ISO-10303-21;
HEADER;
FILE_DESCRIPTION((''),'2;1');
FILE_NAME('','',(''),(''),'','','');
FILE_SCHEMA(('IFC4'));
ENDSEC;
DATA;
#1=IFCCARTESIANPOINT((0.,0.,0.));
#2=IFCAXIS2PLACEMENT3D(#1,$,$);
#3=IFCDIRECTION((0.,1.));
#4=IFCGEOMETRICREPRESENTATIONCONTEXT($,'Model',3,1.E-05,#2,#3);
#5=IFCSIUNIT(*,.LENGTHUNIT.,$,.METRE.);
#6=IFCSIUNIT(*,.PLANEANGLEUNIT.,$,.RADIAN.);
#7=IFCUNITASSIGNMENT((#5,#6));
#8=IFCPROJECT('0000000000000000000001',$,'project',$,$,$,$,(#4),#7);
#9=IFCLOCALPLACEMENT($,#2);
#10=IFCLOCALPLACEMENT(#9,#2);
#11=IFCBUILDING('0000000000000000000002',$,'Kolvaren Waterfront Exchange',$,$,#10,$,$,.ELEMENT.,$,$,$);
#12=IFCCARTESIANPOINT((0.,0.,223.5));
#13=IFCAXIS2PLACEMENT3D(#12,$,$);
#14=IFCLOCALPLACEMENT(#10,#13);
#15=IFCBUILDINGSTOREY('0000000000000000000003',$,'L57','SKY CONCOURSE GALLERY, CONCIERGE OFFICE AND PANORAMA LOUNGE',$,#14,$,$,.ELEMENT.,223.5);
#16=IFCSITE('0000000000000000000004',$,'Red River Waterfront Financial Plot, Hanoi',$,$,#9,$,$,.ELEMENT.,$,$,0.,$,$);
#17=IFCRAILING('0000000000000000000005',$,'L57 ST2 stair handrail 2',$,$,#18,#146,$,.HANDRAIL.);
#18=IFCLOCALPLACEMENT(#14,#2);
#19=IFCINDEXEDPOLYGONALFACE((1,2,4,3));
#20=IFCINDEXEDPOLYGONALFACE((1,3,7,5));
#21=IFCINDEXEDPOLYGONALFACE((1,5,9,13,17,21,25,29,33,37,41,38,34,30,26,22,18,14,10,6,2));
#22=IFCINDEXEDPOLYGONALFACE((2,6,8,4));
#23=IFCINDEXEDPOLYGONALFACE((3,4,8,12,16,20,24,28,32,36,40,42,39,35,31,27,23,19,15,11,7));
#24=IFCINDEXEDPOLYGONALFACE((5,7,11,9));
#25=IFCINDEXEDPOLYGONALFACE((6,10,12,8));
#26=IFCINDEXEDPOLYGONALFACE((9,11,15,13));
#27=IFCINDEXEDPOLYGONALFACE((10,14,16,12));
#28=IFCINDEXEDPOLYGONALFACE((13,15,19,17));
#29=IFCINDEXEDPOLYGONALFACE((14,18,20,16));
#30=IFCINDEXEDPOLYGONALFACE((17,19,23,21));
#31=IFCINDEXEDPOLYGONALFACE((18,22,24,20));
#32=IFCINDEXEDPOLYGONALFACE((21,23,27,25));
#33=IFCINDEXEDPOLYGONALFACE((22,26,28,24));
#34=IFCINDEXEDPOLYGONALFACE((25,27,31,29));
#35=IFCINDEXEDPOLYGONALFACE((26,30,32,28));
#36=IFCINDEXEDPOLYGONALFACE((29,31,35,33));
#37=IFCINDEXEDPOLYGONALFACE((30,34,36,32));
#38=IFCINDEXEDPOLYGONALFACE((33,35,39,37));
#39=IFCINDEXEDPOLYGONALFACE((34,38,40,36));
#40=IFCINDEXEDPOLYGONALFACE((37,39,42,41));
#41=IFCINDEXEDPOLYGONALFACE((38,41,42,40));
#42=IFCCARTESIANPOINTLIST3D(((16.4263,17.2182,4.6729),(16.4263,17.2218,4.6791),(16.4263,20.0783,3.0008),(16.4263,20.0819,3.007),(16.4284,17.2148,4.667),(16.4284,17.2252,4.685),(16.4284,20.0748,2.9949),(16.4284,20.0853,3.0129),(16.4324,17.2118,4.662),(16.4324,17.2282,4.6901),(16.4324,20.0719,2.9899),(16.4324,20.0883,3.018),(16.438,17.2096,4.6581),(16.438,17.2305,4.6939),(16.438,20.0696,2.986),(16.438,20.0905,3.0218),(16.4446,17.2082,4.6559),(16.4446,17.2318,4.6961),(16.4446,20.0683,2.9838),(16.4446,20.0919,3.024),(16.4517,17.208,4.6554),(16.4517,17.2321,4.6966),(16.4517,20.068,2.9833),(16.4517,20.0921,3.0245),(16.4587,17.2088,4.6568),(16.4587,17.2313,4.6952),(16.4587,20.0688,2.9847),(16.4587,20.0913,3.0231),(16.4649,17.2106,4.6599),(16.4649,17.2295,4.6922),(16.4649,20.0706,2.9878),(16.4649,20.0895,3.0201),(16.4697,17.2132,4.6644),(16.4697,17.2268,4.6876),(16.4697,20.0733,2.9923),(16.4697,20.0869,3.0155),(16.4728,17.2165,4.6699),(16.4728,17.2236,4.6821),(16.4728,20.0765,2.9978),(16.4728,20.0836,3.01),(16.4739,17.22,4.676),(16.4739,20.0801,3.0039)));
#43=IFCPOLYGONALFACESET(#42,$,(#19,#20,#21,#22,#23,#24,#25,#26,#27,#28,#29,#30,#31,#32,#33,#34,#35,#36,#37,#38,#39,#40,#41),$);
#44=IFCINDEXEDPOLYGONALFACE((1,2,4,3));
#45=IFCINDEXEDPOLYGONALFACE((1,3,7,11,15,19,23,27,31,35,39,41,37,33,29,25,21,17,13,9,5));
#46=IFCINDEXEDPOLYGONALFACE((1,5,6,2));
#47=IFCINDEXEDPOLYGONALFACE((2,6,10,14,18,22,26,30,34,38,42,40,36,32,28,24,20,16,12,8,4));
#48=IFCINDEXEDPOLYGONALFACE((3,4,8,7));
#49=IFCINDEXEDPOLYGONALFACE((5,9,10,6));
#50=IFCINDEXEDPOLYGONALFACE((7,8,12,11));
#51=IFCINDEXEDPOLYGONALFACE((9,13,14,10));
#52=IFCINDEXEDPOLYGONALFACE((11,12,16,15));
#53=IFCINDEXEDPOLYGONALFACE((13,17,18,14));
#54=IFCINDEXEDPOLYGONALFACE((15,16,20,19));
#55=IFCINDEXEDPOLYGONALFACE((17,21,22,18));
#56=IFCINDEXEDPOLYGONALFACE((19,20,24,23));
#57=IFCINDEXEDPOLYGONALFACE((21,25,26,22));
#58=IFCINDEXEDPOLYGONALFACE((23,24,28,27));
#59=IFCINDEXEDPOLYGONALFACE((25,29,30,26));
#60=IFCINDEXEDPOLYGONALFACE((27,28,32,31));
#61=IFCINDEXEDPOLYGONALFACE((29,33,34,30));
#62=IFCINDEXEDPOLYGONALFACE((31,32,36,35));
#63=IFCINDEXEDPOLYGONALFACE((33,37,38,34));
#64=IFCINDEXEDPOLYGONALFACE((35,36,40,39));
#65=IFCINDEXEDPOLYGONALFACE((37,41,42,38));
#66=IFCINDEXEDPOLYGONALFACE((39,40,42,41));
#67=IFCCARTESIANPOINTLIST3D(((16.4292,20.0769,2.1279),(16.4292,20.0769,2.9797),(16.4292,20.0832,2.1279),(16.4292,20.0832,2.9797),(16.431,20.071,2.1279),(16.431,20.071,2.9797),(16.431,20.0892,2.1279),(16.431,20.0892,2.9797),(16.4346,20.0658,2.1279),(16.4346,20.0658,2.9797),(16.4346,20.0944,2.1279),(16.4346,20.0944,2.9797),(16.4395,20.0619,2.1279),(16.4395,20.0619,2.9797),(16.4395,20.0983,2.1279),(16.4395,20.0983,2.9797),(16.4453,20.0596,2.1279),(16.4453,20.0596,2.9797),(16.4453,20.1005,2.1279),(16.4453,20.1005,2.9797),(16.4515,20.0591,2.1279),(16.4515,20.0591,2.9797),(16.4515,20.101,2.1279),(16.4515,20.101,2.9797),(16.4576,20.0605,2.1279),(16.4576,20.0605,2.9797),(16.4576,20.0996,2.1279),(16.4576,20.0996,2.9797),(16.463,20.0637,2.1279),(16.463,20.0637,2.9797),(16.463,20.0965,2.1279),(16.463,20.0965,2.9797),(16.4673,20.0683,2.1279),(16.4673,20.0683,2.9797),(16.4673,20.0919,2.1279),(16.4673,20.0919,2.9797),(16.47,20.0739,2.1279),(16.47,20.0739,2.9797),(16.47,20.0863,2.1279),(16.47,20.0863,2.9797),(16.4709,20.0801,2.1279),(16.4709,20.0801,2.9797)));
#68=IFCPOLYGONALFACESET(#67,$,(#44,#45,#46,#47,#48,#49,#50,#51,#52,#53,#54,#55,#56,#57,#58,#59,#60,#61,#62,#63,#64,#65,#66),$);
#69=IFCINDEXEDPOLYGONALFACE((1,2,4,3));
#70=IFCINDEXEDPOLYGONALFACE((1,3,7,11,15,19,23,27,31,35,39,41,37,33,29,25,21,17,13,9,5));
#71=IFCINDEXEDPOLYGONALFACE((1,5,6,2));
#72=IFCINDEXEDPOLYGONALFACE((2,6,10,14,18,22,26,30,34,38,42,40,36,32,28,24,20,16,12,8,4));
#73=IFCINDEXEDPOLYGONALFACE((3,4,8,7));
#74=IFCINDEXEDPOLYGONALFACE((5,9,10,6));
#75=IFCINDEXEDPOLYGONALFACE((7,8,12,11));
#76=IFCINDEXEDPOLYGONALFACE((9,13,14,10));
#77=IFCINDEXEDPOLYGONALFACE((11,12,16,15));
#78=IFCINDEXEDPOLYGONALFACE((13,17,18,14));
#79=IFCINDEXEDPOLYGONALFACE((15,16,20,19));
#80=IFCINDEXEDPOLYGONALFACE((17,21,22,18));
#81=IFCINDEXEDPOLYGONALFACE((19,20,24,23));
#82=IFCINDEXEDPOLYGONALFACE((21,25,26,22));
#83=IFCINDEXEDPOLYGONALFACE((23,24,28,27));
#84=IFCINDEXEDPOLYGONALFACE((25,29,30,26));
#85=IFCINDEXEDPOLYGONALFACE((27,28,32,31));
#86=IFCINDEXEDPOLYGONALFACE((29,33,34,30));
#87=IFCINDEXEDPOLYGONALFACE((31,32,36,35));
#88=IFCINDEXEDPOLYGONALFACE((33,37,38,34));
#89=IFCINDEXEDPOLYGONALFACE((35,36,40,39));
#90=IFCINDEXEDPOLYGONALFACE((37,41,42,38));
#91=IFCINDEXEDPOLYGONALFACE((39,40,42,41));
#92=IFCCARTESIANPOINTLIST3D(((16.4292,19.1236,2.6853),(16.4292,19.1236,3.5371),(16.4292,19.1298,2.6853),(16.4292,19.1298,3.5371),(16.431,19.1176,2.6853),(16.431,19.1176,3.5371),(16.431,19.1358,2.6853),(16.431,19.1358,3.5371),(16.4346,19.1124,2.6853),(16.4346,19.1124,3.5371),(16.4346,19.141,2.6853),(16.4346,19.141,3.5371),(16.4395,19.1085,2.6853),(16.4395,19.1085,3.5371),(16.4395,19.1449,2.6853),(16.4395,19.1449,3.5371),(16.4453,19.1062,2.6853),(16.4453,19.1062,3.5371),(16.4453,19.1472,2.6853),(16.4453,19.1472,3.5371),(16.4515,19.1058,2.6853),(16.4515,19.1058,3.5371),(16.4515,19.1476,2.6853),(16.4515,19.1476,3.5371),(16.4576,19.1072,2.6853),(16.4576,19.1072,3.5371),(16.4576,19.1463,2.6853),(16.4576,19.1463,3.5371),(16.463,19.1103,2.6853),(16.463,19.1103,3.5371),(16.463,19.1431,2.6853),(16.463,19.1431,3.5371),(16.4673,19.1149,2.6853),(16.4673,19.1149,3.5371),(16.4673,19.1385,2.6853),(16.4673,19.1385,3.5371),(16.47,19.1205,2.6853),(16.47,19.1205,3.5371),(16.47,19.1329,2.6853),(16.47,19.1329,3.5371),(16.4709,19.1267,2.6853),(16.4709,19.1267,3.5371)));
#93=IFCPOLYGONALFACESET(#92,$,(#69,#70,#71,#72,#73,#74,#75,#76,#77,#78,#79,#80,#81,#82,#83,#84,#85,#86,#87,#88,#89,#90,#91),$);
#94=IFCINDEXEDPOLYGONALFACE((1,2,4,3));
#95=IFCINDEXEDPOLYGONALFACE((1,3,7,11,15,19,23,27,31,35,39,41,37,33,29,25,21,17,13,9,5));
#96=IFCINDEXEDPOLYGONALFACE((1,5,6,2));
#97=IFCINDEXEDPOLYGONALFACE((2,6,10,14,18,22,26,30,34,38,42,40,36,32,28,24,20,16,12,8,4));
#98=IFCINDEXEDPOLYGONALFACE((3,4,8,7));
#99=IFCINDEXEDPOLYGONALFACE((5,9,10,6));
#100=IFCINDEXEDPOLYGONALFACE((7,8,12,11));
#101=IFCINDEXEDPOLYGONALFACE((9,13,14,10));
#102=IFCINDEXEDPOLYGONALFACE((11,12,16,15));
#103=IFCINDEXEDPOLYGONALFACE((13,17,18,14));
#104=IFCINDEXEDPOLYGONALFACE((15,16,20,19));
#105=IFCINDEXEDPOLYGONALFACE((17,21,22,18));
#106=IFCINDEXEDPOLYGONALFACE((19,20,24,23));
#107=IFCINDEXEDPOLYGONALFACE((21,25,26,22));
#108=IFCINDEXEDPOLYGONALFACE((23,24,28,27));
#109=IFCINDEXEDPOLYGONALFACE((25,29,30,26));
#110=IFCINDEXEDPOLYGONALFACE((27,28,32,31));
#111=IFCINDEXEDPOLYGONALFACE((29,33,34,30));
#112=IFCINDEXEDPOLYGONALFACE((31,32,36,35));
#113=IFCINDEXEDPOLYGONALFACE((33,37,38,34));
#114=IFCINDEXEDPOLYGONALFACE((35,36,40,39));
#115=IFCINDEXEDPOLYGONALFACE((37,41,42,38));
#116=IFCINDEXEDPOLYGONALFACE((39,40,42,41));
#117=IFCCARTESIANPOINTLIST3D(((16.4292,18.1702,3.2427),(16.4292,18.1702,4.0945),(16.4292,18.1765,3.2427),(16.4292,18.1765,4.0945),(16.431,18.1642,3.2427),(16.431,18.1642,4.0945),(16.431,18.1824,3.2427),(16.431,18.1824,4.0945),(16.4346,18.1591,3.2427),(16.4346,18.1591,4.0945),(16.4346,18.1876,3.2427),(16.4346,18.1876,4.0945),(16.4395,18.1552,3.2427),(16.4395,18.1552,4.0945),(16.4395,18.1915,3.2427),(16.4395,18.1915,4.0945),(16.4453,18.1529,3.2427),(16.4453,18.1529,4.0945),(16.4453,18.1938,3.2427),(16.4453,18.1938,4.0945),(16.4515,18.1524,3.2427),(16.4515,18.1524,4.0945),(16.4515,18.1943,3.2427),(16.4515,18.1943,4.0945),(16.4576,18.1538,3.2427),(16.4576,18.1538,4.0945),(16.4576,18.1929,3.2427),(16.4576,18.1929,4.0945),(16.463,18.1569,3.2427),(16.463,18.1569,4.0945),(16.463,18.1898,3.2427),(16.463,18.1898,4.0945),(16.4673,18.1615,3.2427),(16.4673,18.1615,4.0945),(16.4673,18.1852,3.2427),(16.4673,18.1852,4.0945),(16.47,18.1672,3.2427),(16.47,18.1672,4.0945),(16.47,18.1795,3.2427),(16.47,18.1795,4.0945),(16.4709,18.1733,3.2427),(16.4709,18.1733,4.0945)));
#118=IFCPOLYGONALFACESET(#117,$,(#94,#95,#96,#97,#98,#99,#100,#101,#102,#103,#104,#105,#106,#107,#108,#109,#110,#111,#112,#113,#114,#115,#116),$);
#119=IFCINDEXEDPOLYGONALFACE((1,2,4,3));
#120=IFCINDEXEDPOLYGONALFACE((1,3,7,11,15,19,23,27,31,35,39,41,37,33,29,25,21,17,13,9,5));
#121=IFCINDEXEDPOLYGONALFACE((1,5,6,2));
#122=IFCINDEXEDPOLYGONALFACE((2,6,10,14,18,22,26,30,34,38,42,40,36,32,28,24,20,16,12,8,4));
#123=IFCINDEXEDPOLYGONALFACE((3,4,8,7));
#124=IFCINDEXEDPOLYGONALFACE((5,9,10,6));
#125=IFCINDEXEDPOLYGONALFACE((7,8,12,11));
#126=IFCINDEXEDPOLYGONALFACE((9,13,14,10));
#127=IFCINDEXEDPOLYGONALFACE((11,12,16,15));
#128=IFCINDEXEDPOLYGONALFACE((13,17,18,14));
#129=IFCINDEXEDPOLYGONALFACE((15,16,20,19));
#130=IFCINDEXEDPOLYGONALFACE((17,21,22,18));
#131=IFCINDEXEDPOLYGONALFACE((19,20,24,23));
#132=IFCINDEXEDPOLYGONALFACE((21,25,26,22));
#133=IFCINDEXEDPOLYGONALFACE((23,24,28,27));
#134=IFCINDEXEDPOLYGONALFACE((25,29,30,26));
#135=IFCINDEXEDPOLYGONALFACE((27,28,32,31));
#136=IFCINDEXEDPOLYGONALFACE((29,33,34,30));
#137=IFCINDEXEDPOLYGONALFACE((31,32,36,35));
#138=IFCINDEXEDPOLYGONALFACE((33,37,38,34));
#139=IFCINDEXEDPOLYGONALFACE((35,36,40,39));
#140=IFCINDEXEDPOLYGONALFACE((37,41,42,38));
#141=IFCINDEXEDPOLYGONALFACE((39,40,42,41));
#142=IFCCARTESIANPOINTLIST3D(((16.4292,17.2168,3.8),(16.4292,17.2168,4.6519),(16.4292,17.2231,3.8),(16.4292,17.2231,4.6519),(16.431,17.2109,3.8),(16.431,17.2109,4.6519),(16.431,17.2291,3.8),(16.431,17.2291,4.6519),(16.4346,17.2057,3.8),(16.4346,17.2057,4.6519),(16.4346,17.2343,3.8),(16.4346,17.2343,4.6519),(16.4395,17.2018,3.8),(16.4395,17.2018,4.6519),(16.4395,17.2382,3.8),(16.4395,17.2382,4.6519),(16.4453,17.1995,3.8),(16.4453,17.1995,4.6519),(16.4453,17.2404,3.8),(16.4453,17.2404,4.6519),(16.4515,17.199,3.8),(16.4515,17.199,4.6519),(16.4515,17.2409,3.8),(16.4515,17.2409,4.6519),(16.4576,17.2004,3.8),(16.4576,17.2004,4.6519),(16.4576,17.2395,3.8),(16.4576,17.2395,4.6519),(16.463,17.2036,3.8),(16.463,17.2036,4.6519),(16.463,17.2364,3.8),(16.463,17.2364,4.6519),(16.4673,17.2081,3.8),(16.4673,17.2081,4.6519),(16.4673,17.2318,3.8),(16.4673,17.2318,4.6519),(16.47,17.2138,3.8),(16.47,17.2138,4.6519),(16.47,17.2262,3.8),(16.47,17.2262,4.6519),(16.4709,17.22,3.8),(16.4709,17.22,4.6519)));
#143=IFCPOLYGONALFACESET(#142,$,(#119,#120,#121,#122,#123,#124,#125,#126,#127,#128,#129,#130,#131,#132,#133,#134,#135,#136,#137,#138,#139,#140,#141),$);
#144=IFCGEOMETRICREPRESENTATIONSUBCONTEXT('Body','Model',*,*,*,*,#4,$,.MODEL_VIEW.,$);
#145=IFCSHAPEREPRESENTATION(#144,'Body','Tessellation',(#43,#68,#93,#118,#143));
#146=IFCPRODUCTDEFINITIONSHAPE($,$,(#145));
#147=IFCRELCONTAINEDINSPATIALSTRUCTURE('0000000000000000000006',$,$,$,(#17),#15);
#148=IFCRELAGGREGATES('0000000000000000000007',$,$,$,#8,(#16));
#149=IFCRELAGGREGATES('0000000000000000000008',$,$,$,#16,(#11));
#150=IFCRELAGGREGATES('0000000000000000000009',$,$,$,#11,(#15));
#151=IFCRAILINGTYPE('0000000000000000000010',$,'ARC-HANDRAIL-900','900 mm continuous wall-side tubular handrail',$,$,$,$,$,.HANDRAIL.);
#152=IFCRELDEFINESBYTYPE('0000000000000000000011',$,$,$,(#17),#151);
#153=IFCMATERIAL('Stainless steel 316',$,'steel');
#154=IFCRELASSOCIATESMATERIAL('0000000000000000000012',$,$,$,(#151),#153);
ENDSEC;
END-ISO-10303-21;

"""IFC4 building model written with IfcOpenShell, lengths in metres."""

from ifc_helpers import new_model, si_unit, direction, frame, origin, origin_2d, place, context, subcontext, project, spatial, circle, extrude, material, type_object, element, save


model = new_model("IFC4")

# Units and contexts
model_context = context("Model", 3, precision=1e-05, world=origin(), true_north=direction((0.0, 1.0)))
body_context = subcontext(model_context, "Body", "Model", "MODEL_VIEW")
ifc_project = project(units=[si_unit("LENGTHUNIT", "METRE"), si_unit("PLANEANGLEUNIT", "RADIAN")], contexts=[model_context])

# Site, building, storey
site_placement = place(None, origin())
site = spatial("IfcSite", under=ifc_project, at=site_placement, Name="Red River Waterfront Financial Plot, Hanoi", CompositionType="ELEMENT", RefElevation=0.0)
building_placement = place(site_placement, origin())
building = spatial("IfcBuilding", under=site, at=building_placement, Name="Kolvaren Waterfront Exchange", CompositionType="ELEMENT")
storey_placement = place(building_placement, frame((0.0, 0.0, 223.5)))
storey = spatial("IfcBuildingStorey", under=building, at=storey_placement, Name="L57", Description="SKY CONCOURSE GALLERY, CONCIERGE OFFICE AND PANORAMA LOUNGE", CompositionType="ELEMENT", Elevation=223.5)

# Railing
ifc_material_1 = material(Name="Stainless steel 316", Category="steel")
railing_type = type_object("IfcRailingType", Name="ARC-HANDRAIL-900", Description="900 mm continuous wall-side tubular handrail", PredefinedType="HANDRAIL", material=ifc_material_1)
railing_placement = place(storey_placement, frame((16.45, 20.0801, 2.1279)))
element("IfcRailing", 1, at=railing_placement, inside=storey, type_object=railing_type, Name="L57 ST2 stair handrail 2", PredefinedType="HANDRAIL", context=body_context, shape_type="SweptSolid", body=[
    extrude(circle(Radius=0.0239, at=origin_2d()), frame((0.0, 0.0, 0.876), z_axis=(0.0, -0.863289, 0.504709), x_axis=(1.0, 0.0, 0.0)), (0.0, 0.0, 1.0), 3.313),
    extrude(circle(Radius=0.021, at=origin_2d()), origin(), (0.0, 0.0, 1.0), 0.8518),
    extrude(circle(Radius=0.021, at=origin_2d()), frame((0.0, -0.9534, 0.5574)), (0.0, 0.0, 1.0), 0.8518),
    extrude(circle(Radius=0.021, at=origin_2d()), frame((0.0, -1.9067, 1.1147)), (0.0, 0.0, 1.0), 0.8518),
    extrude(circle(Radius=0.021, at=origin_2d()), frame((0.0, -2.8601, 1.6721)), (0.0, 0.0, 1.0), 0.8518),
])

save(model, "model.ifc")
